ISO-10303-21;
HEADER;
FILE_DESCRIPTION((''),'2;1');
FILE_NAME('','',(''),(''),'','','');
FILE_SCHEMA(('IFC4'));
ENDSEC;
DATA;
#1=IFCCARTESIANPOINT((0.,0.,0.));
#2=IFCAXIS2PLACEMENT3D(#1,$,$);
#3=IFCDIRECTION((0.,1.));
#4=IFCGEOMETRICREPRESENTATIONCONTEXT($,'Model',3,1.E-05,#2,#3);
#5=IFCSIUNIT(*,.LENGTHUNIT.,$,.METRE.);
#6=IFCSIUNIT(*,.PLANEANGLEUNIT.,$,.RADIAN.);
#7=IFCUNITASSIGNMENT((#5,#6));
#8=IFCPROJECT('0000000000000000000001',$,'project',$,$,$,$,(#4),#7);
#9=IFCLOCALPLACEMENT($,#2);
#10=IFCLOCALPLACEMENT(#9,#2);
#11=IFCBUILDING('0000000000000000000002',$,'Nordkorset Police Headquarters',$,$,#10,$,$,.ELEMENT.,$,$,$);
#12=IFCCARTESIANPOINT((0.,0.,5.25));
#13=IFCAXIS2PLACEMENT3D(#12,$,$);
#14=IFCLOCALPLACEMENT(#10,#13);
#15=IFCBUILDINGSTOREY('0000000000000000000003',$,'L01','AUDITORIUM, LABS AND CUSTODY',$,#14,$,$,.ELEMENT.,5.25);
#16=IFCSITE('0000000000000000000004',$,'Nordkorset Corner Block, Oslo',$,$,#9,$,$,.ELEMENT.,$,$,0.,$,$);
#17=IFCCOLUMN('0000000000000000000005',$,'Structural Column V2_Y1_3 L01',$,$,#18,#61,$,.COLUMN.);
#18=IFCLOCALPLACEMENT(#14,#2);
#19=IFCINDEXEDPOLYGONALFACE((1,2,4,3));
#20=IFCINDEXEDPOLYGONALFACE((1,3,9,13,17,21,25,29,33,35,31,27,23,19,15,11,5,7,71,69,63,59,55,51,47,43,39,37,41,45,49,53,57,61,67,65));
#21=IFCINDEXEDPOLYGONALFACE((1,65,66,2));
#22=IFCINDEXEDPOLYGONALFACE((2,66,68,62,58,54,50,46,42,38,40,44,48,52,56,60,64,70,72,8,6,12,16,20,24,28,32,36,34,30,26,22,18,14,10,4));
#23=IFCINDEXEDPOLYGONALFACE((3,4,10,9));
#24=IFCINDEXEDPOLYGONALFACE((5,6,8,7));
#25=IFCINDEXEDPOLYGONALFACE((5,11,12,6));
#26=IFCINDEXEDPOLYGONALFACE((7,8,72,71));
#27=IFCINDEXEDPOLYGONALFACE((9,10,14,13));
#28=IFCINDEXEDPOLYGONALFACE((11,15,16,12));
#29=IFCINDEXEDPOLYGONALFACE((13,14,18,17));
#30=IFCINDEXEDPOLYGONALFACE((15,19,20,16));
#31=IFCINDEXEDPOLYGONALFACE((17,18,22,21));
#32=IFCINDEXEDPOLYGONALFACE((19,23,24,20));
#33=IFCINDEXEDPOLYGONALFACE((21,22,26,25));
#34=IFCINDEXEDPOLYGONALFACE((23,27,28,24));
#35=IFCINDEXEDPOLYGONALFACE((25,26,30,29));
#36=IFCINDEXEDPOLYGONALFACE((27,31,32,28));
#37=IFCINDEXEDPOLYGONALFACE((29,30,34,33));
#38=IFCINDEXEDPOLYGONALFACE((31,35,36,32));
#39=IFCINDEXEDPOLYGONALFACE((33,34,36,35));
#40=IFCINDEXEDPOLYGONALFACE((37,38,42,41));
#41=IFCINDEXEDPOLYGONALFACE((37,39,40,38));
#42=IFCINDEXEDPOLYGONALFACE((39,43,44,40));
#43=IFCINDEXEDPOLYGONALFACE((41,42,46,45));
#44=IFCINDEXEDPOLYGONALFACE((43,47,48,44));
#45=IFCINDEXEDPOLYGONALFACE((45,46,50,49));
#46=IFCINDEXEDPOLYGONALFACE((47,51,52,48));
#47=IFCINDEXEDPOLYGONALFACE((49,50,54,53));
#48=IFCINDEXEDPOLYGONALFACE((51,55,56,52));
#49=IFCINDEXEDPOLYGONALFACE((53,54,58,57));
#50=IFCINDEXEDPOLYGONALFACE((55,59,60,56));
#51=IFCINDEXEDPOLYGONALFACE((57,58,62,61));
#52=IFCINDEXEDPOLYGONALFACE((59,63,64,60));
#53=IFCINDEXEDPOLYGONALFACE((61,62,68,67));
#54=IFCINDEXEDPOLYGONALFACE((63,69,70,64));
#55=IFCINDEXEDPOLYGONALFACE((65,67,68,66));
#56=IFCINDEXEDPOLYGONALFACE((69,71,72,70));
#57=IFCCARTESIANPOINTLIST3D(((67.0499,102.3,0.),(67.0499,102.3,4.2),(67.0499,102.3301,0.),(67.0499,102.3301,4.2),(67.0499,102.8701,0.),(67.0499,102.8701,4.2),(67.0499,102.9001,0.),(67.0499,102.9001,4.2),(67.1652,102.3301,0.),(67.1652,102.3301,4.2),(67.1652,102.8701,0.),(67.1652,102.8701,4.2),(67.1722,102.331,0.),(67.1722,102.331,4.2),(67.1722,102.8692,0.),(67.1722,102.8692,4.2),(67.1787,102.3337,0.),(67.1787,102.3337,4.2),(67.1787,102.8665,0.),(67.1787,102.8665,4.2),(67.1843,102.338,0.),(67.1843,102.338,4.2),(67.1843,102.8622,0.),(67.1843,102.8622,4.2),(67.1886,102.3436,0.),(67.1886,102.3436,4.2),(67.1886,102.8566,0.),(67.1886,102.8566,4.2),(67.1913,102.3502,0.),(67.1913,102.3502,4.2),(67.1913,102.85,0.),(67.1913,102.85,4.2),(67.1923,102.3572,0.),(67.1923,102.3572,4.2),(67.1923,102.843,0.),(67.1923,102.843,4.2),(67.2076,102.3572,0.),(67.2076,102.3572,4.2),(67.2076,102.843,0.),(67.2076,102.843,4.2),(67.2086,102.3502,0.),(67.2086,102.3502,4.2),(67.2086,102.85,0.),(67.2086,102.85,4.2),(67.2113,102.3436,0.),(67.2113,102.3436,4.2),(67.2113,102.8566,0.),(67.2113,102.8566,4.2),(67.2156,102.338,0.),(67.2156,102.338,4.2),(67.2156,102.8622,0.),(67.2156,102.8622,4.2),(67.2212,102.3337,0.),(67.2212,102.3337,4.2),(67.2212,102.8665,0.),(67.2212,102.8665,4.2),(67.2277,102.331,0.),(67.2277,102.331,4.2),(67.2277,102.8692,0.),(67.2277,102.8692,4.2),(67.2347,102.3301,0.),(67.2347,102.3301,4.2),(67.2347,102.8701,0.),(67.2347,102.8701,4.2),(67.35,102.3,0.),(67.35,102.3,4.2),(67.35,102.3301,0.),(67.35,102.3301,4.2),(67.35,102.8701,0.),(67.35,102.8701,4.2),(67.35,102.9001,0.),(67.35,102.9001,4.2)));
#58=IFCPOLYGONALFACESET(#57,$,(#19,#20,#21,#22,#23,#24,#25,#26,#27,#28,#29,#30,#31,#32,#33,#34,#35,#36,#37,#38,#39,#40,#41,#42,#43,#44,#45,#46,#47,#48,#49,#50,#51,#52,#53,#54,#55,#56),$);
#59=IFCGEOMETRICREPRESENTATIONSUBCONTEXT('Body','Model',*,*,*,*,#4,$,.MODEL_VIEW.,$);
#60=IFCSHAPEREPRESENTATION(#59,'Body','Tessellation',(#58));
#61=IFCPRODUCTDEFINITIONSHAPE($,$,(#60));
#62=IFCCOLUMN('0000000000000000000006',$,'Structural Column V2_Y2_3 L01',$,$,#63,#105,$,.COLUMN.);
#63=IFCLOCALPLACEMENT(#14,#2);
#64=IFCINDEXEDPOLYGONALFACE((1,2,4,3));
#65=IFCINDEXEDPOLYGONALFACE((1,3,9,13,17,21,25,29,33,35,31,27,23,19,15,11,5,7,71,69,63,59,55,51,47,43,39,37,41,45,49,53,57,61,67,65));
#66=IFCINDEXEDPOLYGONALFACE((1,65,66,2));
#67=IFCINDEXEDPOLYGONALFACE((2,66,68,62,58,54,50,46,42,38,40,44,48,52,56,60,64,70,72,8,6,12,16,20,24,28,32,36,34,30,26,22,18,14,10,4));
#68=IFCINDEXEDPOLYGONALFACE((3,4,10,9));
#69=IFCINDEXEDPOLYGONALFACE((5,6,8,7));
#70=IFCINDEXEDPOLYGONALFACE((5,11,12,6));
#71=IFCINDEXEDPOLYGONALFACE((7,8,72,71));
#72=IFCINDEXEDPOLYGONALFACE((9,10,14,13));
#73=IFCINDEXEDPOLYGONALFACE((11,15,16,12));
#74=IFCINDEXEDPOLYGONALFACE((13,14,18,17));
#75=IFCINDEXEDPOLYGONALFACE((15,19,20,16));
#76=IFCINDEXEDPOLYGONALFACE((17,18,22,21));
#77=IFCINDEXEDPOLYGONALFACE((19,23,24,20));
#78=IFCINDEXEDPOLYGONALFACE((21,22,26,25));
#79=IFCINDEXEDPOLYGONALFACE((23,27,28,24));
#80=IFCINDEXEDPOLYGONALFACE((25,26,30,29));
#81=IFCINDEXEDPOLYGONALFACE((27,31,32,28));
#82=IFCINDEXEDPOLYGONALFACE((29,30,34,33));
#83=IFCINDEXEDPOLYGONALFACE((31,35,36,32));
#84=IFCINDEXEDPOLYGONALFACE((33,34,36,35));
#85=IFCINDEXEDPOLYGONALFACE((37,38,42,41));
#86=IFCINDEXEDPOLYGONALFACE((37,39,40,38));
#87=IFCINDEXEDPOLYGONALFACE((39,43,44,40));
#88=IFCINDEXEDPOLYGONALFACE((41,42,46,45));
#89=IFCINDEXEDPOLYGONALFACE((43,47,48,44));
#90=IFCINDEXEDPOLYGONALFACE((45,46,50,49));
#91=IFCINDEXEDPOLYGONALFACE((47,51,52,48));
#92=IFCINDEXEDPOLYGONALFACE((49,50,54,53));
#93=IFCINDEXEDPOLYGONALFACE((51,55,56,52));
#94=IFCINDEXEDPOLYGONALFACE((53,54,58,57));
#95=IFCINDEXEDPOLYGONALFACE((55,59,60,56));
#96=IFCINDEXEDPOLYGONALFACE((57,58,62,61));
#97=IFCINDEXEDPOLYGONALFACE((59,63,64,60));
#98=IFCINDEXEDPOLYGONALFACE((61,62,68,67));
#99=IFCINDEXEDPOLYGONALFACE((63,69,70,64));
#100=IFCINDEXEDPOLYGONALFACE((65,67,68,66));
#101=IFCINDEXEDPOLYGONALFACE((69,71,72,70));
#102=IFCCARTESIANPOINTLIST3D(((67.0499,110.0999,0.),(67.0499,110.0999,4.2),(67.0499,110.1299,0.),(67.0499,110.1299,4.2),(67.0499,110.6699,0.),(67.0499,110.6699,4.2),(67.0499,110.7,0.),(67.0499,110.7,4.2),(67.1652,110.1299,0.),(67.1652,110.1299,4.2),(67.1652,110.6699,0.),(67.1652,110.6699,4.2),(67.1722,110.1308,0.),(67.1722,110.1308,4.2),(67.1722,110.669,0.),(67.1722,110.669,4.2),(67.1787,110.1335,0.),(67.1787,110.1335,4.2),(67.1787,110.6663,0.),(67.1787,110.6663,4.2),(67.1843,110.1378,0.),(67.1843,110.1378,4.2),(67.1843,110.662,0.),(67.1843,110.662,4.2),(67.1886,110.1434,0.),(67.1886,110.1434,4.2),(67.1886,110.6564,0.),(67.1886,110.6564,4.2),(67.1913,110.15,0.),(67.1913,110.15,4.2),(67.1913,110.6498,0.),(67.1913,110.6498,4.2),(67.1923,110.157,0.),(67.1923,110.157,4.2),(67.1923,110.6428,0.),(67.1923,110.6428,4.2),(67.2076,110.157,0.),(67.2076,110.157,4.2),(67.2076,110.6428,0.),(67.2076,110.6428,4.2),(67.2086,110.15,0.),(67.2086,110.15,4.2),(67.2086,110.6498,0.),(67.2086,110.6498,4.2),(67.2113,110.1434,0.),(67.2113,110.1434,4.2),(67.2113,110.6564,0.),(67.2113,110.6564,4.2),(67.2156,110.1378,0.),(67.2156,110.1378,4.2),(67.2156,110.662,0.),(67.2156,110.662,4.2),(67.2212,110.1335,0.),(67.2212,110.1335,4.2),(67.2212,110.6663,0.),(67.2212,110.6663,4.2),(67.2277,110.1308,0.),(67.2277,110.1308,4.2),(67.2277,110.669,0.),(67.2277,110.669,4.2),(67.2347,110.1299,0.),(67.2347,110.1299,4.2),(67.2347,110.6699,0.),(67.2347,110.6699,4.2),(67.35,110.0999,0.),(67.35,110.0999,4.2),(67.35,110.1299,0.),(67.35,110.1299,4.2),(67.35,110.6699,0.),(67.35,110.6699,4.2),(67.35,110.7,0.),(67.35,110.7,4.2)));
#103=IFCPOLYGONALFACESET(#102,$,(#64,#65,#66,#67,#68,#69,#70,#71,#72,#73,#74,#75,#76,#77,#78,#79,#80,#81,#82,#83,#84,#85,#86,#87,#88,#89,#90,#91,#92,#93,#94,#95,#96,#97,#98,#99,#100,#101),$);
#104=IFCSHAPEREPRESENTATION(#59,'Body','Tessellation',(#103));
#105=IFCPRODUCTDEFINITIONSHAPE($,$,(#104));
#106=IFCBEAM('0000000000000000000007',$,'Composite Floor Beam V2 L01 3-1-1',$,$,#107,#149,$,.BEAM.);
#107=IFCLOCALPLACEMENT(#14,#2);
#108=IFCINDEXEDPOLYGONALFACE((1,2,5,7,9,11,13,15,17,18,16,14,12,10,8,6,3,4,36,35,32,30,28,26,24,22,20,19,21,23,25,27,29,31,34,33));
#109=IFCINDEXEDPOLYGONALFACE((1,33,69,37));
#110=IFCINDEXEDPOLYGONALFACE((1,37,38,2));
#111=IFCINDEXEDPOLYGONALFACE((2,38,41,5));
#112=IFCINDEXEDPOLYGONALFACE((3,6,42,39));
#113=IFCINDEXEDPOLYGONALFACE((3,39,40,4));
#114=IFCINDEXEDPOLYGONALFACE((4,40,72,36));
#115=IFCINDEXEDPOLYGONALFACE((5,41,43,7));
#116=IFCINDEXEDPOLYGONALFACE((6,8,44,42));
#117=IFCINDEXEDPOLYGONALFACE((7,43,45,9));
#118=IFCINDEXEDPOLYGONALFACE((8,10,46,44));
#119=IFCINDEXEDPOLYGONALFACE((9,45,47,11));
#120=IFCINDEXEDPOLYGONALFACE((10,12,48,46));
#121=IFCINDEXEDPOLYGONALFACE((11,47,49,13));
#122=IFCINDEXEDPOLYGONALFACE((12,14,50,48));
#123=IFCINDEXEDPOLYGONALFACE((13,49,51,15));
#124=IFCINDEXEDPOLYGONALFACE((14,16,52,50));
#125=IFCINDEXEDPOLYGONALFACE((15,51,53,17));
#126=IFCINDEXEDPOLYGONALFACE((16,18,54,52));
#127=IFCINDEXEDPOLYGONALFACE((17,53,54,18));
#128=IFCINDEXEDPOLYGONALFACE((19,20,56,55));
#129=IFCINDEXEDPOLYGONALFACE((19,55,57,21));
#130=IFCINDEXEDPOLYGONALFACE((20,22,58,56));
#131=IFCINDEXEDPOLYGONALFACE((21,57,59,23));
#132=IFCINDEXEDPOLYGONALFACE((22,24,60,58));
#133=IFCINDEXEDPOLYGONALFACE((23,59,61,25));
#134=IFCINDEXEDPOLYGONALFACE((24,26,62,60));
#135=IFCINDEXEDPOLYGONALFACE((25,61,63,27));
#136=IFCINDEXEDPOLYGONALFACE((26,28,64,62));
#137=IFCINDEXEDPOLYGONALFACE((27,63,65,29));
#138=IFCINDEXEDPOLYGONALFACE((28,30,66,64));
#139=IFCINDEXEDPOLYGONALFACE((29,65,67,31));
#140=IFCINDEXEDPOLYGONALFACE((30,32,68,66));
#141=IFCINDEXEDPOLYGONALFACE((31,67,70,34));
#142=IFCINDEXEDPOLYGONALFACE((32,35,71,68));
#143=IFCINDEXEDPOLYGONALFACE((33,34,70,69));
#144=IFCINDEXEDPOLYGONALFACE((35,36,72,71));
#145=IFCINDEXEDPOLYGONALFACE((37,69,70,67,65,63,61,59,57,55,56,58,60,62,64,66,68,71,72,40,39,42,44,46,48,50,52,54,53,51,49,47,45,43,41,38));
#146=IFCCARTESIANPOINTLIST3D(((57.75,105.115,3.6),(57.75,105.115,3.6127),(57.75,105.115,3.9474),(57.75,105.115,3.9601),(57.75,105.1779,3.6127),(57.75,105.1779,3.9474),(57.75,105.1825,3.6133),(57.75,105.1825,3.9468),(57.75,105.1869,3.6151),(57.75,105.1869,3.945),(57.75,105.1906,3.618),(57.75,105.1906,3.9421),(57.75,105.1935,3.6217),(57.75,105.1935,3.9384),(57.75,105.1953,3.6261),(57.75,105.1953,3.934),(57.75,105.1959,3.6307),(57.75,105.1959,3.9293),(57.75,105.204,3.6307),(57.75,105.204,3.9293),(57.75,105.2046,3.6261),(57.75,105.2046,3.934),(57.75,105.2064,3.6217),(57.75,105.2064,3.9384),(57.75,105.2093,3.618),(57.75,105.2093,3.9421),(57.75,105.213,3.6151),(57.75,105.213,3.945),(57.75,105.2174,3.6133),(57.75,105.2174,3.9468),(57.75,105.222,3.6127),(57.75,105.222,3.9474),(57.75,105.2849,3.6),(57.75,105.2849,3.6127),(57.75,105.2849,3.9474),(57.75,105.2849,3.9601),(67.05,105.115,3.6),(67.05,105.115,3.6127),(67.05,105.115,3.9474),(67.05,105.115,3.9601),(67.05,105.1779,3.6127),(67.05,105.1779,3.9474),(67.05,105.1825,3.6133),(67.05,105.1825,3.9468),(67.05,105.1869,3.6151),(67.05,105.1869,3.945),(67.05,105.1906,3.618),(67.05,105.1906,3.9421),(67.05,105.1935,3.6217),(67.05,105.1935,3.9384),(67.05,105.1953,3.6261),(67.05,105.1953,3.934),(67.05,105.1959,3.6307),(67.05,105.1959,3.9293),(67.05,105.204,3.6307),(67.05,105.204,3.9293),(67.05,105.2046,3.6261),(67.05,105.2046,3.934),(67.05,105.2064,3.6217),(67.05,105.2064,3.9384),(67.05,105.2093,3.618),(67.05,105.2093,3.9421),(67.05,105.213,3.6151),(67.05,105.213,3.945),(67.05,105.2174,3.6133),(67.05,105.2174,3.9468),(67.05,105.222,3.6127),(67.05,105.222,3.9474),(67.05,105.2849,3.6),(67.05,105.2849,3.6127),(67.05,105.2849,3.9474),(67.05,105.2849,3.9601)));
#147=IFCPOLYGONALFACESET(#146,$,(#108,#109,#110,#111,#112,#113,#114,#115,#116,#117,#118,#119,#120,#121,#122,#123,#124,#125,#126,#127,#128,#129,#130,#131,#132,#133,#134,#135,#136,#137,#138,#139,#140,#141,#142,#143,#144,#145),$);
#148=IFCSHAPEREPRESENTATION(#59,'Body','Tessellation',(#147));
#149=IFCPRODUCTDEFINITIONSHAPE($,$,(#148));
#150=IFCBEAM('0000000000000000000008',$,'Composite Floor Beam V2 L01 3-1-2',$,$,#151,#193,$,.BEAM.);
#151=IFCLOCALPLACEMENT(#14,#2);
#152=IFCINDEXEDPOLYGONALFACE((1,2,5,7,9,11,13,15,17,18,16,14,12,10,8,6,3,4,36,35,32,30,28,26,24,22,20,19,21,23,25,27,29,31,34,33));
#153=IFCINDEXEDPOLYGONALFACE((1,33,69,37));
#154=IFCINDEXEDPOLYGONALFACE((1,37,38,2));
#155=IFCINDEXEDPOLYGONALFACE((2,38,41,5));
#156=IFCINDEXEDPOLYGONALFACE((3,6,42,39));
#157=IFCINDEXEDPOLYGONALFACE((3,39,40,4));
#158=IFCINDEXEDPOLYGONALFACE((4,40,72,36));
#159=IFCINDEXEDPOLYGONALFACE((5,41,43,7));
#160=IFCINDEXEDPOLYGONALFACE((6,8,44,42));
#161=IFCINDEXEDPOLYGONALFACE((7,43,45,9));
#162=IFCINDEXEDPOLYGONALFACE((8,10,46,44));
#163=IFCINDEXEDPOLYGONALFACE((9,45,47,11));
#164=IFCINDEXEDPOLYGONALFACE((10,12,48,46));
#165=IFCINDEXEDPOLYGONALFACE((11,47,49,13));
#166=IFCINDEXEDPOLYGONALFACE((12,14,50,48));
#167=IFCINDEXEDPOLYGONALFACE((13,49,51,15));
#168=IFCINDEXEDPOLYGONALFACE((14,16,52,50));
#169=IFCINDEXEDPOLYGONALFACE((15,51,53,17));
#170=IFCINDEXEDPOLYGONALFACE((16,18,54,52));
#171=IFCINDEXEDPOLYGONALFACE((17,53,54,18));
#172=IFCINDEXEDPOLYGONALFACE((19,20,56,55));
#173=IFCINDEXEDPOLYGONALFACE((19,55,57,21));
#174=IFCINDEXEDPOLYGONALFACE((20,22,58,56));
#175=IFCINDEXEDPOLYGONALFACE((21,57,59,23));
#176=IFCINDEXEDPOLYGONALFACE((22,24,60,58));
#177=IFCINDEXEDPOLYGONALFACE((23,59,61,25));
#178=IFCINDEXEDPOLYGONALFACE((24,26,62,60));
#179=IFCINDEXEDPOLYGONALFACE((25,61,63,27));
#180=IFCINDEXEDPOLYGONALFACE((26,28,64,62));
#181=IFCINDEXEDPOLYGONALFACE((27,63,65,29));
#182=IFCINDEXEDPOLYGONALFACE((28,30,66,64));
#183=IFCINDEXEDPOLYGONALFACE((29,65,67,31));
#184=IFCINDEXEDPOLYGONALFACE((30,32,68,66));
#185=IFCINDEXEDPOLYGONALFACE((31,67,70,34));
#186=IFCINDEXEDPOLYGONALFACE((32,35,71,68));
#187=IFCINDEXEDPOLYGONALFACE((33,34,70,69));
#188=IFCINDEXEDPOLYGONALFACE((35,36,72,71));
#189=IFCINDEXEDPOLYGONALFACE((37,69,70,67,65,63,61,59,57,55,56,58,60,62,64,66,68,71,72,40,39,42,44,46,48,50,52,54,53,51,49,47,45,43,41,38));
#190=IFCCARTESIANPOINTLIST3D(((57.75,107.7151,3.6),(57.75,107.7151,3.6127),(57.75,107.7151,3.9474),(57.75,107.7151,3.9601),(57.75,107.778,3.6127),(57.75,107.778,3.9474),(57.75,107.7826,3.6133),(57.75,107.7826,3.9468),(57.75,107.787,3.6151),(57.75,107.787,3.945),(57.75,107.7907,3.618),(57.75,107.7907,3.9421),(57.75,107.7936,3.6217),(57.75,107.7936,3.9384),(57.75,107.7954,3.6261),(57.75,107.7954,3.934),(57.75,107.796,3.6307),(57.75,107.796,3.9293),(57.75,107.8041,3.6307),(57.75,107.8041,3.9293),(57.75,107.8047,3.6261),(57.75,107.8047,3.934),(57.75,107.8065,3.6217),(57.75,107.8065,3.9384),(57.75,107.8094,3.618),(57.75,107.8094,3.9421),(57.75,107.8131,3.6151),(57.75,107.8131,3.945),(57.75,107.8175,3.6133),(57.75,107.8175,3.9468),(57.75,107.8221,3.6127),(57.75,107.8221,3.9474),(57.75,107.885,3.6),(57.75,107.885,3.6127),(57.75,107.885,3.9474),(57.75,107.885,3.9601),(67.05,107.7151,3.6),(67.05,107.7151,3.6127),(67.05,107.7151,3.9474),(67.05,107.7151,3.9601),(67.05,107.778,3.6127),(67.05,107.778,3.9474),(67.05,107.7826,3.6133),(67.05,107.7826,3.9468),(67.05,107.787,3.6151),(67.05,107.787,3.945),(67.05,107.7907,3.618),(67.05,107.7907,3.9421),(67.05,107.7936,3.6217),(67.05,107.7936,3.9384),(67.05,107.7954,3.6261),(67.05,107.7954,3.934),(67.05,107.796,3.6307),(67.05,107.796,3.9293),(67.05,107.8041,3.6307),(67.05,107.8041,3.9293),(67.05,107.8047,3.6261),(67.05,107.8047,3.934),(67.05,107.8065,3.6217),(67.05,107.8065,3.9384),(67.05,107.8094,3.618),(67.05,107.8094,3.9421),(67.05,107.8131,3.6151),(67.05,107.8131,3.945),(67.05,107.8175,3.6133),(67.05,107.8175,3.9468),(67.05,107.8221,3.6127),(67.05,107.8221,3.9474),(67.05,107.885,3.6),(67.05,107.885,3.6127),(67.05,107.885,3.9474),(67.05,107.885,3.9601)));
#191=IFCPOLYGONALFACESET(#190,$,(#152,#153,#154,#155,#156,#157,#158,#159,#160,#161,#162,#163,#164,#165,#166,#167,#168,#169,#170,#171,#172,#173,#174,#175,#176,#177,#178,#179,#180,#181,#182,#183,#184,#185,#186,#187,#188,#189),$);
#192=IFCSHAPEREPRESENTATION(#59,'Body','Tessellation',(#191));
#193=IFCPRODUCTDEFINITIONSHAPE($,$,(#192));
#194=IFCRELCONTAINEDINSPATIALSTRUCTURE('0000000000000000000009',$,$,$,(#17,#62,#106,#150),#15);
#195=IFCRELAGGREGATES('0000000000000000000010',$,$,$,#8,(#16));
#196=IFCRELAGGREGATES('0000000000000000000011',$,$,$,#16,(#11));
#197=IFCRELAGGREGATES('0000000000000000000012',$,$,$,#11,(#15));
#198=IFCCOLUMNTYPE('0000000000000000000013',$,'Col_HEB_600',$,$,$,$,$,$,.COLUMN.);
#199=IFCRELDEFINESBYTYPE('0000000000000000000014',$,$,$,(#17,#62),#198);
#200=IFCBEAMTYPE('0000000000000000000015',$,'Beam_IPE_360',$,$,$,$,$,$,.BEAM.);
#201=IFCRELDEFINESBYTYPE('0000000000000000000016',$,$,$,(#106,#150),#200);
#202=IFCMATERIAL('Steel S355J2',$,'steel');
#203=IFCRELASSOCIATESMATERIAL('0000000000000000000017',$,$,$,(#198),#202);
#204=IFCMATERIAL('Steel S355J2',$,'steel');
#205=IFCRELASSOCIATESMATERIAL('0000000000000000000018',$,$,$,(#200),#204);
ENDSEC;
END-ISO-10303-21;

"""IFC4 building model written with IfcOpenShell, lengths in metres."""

from ifc_helpers import new_model, si_unit, direction, frame, origin, origin_2d, place, context, subcontext, project, spatial, i_section, extrude, material, material_profile, profile_set, type_object, element, save


model = new_model("IFC4")

# Units and contexts
model_context = context("Model", 3, precision=1e-05, world=origin(), true_north=direction((0.0, 1.0)))
body_context = subcontext(model_context, "Body", "Model", "MODEL_VIEW")
ifc_project = project(units=[si_unit("LENGTHUNIT", "METRE"), si_unit("PLANEANGLEUNIT", "RADIAN")], contexts=[model_context])

# Site, building, storey
site_placement = place(None, origin())
site = spatial("IfcSite", under=ifc_project, at=site_placement, Name="Nordkorset Corner Block, Oslo", CompositionType="ELEMENT", RefElevation=0.0)
building_placement = place(site_placement, origin())
building = spatial("IfcBuilding", under=site, at=building_placement, Name="Nordkorset Police Headquarters", CompositionType="ELEMENT")
storey_placement = place(building_placement, frame((0.0, 0.0, 5.25)))
storey = spatial("IfcBuildingStorey", under=building, at=storey_placement, Name="L01", Description="AUDITORIUM, LABS AND CUSTODY", CompositionType="ELEMENT", Elevation=5.25)

# Columns
ifc_material_1 = material(Name="Steel S355J2", Category="steel")
ifc_material_profile_1 = material_profile(ifc_material_1, i_section(OverallWidth=0.3, OverallDepth=0.6001, WebThickness=0.0154, FlangeThickness=0.03, FilletRadius=0.0271, at=origin_2d()), Name="HEB 600")
ifc_profile_set_1 = profile_set([ifc_material_profile_1], Name="Steel S355J2")
column_type = type_object("IfcColumnType", Name="Col_HEB_600", PredefinedType="COLUMN", material=ifc_profile_set_1)
for number, where, z_axis, x_axis, name in (
    (1, (67.2, 102.6001, 0.0), (0.0, 0.0, 1.0), (1.0, 0.0, 0.0), "Structural Column V2_Y1_3 L01"),
    (2, (67.2, 110.3999, 0.0), (0.0, 0.0, 1.0), (1.0, 0.0, 0.0), "Structural Column V2_Y2_3 L01"),
):
    element("IfcColumn", number, at=place(storey_placement, frame(where, z_axis=z_axis, x_axis=x_axis)), inside=storey, type_object=column_type, Name=name, PredefinedType="COLUMN", context=body_context, shape_type="SweptSolid", body=[
        extrude(i_section(OverallWidth=0.3, OverallDepth=0.6001, WebThickness=0.0154, FlangeThickness=0.03, FilletRadius=0.0271, at=origin_2d()), origin(), (0.0, 0.0, 1.0), 4.2),
    ])

# Beams
ifc_material_2 = material(Name="Steel S355J2", Category="steel")
ifc_material_profile_2 = material_profile(ifc_material_2, i_section(OverallWidth=0.1699, OverallDepth=0.3601, WebThickness=0.0081, FlangeThickness=0.0127, FilletRadius=0.0181, at=origin_2d()), Name="IPE 360")
ifc_profile_set_2 = profile_set([ifc_material_profile_2], Name="Steel S355J2")
beam_type_1 = type_object("IfcBeamType", Name="Beam_IPE_360", PredefinedType="BEAM", material=ifc_profile_set_2)
for number, where, z_axis, x_axis, name in (
    (3, (57.75, 105.2, 3.78), (1.0, 0.0, 0.0), (0.0, 1.0, 0.0), "Composite Floor Beam V2 L01 3-1-1"),
    (4, (57.75, 107.8, 3.78), (1.0, 0.0, 0.0), (0.0, 1.0, 0.0), "Composite Floor Beam V2 L01 3-1-2"),
):
    element("IfcBeam", number, at=place(storey_placement, frame(where, z_axis=z_axis, x_axis=x_axis)), inside=storey, type_object=beam_type_1, Name=name, PredefinedType="BEAM", context=body_context, shape_type="SweptSolid", body=[
        extrude(i_section(OverallWidth=0.1699, OverallDepth=0.3601, WebThickness=0.0081, FlangeThickness=0.0127, FilletRadius=0.0181, at=origin_2d()), origin(), (0.0, 0.0, 1.0), 9.3),
    ])

save(model, "model.ifc")
